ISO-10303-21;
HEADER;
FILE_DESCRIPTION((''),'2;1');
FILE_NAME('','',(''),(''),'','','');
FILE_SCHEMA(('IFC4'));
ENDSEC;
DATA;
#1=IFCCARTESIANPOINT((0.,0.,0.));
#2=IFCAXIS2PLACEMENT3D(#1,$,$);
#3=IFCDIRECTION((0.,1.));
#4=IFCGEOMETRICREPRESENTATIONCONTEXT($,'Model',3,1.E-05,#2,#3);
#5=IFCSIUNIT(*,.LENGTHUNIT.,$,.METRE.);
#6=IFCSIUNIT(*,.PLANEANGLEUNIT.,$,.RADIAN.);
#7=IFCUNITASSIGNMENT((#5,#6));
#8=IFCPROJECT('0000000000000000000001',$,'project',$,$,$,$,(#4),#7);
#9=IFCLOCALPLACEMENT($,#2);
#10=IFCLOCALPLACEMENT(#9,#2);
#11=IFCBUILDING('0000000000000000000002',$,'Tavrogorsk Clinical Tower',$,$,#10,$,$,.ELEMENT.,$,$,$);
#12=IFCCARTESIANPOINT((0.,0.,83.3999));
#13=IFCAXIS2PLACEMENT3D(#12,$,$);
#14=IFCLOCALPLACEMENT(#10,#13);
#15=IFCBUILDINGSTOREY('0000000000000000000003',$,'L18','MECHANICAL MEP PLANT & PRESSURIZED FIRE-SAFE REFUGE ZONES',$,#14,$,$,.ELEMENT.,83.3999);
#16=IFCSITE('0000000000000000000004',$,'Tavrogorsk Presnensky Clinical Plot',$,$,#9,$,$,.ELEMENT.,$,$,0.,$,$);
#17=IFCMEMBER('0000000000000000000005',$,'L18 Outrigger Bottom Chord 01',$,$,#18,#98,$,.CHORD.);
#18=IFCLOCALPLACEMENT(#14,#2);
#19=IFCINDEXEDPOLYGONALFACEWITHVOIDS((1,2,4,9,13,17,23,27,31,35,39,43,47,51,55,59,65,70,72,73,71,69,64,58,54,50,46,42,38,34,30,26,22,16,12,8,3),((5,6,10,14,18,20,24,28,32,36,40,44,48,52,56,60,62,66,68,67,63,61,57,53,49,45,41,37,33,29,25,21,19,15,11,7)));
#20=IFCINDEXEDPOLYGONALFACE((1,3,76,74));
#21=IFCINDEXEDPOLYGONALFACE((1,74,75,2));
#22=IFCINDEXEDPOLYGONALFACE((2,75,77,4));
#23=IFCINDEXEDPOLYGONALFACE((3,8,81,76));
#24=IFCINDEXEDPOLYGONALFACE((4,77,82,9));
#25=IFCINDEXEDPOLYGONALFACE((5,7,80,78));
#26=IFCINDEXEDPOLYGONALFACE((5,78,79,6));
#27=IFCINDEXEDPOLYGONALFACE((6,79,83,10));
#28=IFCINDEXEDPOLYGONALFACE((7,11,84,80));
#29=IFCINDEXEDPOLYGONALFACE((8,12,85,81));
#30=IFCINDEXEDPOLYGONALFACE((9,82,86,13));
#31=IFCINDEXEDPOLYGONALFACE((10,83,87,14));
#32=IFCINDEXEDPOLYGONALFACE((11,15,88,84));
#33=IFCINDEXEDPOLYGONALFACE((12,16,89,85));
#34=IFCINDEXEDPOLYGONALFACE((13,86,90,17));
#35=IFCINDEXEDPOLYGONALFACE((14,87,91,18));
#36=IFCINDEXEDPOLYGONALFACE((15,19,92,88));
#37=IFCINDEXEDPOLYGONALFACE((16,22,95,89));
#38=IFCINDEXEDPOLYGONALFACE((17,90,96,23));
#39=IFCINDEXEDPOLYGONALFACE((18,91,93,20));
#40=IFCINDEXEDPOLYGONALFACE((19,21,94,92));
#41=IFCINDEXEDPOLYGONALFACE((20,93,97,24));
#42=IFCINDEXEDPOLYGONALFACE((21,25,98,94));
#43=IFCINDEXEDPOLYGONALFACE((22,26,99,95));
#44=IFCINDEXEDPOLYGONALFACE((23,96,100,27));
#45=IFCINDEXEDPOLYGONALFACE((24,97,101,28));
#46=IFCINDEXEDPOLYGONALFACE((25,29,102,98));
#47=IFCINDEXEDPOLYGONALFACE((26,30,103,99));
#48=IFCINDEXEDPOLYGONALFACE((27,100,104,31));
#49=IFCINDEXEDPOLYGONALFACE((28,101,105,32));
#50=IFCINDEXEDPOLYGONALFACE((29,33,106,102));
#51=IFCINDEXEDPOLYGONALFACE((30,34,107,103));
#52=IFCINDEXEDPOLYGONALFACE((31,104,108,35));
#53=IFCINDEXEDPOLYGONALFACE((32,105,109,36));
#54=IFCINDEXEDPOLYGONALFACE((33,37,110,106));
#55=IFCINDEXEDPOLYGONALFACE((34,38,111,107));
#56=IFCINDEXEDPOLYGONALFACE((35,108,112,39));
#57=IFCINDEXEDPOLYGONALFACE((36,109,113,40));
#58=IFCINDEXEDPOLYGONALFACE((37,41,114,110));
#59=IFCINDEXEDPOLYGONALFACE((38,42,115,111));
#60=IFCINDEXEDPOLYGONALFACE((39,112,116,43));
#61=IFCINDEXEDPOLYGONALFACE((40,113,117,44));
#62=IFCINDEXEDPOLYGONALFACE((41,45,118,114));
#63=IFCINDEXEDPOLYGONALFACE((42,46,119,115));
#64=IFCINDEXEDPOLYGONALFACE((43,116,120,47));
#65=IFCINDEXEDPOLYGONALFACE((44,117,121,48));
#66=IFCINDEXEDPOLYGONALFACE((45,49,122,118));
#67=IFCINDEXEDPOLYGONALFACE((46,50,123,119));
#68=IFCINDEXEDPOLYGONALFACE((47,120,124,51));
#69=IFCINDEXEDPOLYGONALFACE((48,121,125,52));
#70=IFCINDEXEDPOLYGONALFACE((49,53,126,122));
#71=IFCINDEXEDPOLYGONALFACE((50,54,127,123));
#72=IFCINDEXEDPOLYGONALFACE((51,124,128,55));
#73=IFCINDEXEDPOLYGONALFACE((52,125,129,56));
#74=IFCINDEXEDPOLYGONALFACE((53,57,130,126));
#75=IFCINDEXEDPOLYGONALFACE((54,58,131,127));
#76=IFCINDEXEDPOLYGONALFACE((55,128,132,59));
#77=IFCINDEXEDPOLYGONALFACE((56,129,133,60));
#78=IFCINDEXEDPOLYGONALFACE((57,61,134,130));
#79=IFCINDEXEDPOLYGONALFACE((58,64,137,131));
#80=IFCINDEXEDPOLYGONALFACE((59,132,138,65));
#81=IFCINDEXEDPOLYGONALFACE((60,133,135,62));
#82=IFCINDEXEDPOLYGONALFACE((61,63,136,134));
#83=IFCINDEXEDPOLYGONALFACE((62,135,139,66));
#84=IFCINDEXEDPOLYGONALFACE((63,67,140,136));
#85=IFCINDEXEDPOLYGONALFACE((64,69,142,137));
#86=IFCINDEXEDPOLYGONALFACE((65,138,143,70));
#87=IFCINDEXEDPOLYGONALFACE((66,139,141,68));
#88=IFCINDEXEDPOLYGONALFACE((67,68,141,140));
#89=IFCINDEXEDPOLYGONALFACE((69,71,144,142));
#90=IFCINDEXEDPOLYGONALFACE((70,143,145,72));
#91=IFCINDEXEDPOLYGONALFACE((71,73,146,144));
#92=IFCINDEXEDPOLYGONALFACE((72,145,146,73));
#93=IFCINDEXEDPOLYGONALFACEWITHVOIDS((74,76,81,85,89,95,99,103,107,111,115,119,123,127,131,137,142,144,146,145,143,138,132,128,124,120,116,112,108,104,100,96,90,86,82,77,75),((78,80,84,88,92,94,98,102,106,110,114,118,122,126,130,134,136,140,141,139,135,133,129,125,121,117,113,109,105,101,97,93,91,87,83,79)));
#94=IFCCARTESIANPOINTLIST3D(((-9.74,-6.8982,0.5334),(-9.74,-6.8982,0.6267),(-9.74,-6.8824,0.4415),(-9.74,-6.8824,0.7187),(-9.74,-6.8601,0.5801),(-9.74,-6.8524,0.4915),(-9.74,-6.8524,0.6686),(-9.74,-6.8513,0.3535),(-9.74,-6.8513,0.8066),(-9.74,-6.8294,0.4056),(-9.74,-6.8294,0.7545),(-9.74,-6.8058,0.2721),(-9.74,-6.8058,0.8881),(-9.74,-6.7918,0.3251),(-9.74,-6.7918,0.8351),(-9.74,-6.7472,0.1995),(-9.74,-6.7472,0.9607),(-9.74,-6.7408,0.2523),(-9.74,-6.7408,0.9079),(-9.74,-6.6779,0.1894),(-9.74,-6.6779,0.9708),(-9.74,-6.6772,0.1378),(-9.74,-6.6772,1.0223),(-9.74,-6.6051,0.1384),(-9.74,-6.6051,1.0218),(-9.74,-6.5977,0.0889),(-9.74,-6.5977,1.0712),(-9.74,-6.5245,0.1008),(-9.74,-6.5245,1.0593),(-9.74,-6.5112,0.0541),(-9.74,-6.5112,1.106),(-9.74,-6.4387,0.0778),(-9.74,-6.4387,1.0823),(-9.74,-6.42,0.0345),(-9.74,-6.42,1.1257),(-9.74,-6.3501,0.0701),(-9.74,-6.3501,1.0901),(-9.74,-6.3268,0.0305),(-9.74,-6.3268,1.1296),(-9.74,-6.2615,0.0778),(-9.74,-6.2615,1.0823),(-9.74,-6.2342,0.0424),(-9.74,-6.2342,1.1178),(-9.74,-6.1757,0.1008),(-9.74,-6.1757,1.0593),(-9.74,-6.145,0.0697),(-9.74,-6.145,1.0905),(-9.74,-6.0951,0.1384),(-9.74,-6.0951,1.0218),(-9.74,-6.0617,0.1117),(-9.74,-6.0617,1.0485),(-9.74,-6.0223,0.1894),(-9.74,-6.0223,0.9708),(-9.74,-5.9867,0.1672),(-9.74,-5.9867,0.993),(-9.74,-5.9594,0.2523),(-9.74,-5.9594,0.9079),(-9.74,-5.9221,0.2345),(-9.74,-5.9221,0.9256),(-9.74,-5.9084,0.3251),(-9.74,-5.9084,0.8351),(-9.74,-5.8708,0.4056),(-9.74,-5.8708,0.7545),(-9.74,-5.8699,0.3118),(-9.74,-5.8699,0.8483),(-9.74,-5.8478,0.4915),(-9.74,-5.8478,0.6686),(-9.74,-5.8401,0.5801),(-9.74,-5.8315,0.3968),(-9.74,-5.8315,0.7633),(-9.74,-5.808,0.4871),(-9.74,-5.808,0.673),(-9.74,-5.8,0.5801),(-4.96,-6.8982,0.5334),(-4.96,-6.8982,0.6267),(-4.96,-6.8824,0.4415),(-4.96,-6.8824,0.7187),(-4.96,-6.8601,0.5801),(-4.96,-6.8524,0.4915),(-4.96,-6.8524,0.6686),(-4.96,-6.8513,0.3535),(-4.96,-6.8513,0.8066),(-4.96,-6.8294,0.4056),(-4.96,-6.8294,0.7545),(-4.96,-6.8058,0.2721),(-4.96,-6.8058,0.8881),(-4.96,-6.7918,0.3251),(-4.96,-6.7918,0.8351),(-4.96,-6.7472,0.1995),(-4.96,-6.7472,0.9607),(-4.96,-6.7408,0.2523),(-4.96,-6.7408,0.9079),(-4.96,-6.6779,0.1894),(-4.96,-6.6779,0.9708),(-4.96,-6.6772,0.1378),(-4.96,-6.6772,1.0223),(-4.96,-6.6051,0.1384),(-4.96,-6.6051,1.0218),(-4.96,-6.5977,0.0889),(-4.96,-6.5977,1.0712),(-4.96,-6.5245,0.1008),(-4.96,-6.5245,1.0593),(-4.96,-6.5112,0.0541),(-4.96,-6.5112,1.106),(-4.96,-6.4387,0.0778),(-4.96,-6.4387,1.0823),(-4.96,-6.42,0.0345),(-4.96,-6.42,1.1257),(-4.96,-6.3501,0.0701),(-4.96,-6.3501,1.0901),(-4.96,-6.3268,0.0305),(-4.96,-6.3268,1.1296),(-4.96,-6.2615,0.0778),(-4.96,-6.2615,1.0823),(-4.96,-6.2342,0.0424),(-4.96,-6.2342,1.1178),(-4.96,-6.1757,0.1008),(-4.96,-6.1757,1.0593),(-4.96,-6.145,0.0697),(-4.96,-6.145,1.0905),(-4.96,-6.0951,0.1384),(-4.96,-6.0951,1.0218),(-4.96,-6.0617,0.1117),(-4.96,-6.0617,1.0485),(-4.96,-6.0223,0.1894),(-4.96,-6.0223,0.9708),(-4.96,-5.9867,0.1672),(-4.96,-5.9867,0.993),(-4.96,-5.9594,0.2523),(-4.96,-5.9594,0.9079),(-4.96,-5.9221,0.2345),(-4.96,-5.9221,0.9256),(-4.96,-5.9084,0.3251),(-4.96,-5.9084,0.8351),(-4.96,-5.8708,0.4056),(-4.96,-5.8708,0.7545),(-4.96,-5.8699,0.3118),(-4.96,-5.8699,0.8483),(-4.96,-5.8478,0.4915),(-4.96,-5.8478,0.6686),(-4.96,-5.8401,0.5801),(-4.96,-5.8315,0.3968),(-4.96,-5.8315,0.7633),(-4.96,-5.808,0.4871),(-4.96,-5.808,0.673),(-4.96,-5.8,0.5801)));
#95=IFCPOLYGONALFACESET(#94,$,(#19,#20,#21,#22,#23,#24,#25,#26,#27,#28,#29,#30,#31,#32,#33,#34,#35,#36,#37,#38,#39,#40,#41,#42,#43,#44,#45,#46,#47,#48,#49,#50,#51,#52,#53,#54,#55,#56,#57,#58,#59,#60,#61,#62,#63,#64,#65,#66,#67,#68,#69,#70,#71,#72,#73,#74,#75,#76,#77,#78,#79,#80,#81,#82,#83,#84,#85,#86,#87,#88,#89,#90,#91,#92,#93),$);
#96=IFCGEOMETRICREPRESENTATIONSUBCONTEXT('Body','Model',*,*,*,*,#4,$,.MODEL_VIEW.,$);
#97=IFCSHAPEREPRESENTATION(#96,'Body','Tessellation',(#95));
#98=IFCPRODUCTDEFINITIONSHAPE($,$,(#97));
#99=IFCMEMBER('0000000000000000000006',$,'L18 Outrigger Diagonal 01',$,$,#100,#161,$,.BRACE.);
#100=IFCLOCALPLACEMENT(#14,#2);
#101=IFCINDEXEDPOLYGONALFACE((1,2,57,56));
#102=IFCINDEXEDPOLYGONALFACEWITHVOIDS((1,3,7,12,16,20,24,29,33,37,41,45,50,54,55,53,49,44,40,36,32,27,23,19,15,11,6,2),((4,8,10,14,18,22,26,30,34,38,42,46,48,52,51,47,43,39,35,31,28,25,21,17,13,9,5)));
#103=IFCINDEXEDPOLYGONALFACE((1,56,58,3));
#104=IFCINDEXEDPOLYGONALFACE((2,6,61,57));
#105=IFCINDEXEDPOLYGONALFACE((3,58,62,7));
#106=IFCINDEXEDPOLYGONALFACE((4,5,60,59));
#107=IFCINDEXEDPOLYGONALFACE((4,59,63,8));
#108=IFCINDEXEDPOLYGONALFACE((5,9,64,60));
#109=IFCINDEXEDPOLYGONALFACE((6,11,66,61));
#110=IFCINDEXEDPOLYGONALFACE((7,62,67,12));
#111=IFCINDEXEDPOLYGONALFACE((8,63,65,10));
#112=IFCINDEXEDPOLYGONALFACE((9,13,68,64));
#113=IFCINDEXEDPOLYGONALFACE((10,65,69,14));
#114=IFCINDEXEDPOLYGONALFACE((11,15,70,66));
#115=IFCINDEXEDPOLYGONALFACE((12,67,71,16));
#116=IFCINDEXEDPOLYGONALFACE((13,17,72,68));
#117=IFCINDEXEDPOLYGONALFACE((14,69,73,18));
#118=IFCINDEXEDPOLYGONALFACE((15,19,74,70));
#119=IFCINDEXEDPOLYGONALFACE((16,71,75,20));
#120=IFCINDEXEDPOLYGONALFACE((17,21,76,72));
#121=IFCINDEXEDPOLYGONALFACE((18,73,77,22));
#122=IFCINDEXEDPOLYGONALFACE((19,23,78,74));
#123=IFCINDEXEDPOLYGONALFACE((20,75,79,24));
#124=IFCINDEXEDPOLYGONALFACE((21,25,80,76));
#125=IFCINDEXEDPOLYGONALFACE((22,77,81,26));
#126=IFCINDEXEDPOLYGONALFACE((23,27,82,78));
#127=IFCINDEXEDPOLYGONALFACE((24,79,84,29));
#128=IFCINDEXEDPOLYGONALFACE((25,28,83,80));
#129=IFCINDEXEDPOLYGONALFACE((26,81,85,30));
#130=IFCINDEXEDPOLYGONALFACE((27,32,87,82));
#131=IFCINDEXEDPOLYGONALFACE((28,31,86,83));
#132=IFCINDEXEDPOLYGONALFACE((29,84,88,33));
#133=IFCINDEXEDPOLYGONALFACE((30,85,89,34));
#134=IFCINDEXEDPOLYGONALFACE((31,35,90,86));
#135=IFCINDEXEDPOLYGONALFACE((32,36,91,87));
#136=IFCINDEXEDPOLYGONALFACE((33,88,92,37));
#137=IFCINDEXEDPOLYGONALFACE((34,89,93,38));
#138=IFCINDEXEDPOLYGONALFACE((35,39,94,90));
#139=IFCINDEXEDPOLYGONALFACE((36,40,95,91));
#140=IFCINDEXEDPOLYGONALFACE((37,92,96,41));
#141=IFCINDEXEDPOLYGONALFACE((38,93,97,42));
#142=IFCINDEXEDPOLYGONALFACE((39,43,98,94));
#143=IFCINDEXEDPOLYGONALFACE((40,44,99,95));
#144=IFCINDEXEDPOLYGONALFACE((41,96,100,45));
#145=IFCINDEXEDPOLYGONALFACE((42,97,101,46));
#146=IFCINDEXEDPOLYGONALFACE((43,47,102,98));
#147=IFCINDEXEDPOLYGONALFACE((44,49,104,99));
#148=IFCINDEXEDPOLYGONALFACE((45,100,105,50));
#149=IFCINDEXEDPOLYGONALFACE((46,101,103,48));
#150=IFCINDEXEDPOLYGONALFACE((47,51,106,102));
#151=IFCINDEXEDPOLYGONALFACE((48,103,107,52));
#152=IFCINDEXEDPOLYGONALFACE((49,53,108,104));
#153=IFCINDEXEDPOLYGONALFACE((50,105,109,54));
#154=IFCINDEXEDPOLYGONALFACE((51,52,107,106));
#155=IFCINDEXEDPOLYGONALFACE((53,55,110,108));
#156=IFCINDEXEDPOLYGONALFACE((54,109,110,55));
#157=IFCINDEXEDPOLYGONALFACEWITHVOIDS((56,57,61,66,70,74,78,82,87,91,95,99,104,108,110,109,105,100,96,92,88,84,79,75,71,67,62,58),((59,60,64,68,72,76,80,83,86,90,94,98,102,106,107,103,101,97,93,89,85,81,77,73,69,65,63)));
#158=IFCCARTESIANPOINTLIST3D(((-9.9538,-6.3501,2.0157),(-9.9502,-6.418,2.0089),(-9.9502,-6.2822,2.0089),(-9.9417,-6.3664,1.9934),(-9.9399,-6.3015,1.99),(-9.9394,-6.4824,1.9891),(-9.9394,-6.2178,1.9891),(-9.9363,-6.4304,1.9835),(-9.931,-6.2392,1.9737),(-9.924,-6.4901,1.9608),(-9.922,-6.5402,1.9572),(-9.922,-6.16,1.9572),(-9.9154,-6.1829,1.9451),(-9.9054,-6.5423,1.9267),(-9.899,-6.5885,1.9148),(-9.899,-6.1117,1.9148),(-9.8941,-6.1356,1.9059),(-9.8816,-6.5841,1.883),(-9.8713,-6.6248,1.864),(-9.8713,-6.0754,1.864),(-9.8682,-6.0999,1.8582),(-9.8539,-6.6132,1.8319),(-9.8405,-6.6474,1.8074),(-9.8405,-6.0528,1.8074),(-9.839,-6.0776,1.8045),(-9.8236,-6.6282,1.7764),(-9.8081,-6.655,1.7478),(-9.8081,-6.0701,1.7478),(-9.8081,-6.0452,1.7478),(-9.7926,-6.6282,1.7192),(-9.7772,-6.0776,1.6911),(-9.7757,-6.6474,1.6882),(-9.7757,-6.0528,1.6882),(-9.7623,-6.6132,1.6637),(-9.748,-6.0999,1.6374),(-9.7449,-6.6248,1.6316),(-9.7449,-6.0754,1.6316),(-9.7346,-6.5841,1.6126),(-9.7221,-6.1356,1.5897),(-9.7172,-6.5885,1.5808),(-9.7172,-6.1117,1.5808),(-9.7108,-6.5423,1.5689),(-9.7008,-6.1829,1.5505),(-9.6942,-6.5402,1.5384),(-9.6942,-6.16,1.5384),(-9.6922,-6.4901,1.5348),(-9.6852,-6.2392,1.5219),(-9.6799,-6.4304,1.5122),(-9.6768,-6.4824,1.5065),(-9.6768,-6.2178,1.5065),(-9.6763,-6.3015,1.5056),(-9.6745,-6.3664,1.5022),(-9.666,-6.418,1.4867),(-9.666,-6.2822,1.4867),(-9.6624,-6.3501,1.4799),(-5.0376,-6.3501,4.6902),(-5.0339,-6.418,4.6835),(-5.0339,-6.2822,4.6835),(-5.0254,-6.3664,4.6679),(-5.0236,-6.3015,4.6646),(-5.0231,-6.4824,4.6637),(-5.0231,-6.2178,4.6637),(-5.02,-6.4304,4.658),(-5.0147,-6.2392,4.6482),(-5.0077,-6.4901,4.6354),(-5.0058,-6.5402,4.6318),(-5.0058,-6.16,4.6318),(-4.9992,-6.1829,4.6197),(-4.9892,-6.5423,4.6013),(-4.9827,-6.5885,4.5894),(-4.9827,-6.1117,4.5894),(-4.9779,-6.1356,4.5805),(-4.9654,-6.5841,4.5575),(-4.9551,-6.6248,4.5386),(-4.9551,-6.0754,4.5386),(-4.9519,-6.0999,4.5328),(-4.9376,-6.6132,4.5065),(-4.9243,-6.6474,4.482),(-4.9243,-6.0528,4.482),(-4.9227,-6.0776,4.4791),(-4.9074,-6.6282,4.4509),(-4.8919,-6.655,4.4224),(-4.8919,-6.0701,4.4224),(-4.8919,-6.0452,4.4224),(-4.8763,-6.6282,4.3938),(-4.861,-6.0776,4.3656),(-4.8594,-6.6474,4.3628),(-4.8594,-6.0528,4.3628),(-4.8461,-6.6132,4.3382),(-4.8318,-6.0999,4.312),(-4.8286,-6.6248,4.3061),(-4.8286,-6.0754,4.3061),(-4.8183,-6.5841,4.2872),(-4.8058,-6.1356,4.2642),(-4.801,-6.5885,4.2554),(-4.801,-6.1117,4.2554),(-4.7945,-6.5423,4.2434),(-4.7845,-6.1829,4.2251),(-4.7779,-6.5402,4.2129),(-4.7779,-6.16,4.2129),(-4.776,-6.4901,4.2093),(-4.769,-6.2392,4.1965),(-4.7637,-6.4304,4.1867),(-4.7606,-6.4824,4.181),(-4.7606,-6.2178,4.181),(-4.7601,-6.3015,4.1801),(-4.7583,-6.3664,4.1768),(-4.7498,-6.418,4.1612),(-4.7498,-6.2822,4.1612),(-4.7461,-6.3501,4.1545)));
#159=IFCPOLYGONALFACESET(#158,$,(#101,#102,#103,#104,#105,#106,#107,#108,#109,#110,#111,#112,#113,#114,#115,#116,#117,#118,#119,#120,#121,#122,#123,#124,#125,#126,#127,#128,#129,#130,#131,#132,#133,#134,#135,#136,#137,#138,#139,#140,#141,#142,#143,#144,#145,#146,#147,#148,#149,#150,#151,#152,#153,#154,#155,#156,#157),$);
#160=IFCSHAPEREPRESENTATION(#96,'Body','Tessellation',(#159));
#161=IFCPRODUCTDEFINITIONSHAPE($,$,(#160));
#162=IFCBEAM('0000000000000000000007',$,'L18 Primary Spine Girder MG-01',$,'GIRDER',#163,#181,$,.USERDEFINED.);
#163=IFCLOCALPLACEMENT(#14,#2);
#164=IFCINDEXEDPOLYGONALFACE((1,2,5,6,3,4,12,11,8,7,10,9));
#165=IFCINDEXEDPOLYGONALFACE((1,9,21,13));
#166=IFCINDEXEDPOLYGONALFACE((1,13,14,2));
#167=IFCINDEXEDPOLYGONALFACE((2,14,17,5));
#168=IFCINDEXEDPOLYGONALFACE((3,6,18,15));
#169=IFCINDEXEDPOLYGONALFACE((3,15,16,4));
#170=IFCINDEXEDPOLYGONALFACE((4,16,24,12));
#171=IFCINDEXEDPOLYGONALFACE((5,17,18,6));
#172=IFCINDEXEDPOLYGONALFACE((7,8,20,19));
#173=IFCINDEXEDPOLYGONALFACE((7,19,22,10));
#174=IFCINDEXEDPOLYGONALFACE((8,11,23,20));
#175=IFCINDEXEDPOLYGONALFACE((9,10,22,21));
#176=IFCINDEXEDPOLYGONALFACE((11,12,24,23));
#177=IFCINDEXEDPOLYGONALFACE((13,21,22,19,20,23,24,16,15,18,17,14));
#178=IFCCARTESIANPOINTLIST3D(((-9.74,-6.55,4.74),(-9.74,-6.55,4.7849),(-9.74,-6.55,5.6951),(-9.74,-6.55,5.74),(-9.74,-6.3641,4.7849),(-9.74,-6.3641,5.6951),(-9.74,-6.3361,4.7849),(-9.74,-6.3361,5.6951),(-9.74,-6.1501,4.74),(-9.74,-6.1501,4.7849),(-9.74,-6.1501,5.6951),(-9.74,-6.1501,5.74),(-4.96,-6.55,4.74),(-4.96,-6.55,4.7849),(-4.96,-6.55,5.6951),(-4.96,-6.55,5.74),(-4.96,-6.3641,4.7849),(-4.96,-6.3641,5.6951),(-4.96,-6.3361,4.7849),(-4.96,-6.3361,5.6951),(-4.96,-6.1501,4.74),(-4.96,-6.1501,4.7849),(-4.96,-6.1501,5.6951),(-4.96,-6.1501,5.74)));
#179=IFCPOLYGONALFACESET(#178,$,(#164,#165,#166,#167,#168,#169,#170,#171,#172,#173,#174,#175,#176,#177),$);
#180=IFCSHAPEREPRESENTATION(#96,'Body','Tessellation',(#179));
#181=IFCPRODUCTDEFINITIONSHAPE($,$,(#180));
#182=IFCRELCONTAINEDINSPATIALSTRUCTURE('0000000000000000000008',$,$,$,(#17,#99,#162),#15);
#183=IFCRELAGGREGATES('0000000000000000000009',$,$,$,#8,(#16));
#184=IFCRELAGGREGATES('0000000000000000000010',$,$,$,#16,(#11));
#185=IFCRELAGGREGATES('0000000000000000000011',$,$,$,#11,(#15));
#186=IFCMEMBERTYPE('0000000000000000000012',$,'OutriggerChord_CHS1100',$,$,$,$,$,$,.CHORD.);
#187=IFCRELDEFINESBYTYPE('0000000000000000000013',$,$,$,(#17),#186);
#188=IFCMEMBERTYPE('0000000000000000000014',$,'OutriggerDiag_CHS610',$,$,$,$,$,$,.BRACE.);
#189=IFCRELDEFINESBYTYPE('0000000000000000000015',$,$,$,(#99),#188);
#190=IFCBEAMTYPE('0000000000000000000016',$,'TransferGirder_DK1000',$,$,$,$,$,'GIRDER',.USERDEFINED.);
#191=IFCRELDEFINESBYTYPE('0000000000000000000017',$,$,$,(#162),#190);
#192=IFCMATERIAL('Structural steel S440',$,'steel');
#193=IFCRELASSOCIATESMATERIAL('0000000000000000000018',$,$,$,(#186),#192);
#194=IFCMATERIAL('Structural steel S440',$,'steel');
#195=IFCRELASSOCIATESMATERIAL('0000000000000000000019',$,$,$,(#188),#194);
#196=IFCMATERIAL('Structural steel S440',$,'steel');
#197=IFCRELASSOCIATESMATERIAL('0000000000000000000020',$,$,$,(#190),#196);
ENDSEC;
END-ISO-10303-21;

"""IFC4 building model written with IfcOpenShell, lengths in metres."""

from ifc_helpers import new_model, si_unit, direction, frame, origin, origin_2d, place, context, subcontext, project, spatial, hollow_circle, i_section, extrude, material, material_profile, profile_set, type_object, element, save


model = new_model("IFC4")

# Units and contexts
model_context = context("Model", 3, precision=1e-05, world=origin(), true_north=direction((0.0, 1.0)))
body_context = subcontext(model_context, "Body", "Model", "MODEL_VIEW")
ifc_project = project(units=[si_unit("LENGTHUNIT", "METRE"), si_unit("PLANEANGLEUNIT", "RADIAN")], contexts=[model_context])

# Site, building, storey
site_placement = place(None, origin())
site = spatial("IfcSite", under=ifc_project, at=site_placement, Name="Tavrogorsk Presnensky Clinical Plot", CompositionType="ELEMENT", RefElevation=0.0)
building_placement = place(site_placement, origin())
building = spatial("IfcBuilding", under=site, at=building_placement, Name="Tavrogorsk Clinical Tower", CompositionType="ELEMENT")
storey_placement = place(building_placement, frame((0.0, 0.0, 83.3999)))
storey = spatial("IfcBuildingStorey", under=building, at=storey_placement, Name="L18", Description="MECHANICAL MEP PLANT & PRESSURIZED FIRE-SAFE REFUGE ZONES", CompositionType="ELEMENT", Elevation=83.3999)

# Members
ifc_material_1 = material(Name="Structural steel S440", Category="steel")
ifc_material_profile_1 = material_profile(ifc_material_1, hollow_circle(Radius=0.55, WallThickness=0.04, at=origin_2d()), Name="CHS-1100x40")
ifc_profile_set_1 = profile_set([ifc_material_profile_1], Name="Structural steel S440")
member_type_1 = type_object("IfcMemberType", Name="OutriggerChord_CHS1100", PredefinedType="CHORD", material=ifc_profile_set_1)
member_1_placement = place(storey_placement, frame((-9.74, -6.3501, 0.5801), z_axis=(1.0, 0.0, 0.0), x_axis=(0.0, 1.0, 0.0)))
element("IfcMember", 1, at=member_1_placement, inside=storey, type_object=member_type_1, Name="L18 Outrigger Bottom Chord 01", PredefinedType="CHORD", context=body_context, shape_type="SweptSolid", body=[
    extrude(hollow_circle(Radius=0.55, WallThickness=0.04, at=origin_2d()), origin(), (0.0, 0.0, 1.0), 4.78),
])
ifc_material_2 = material(Name="Structural steel S440", Category="steel")
ifc_material_profile_2 = material_profile(ifc_material_2, hollow_circle(Radius=0.3049, WallThickness=0.0249, at=origin_2d()), Name="CHS-610x25")
ifc_profile_set_2 = profile_set([ifc_material_profile_2], Name="Structural steel S440")
member_type_2 = type_object("IfcMemberType", Name="OutriggerDiag_CHS610", PredefinedType="BRACE", material=ifc_profile_set_2)
member_2_placement = place(storey_placement, frame((-9.8081, -6.3501, 1.7478), z_axis=(0.878424, 0.0, 0.477883), x_axis=(0.0, 1.0, 0.0)))
element("IfcMember", 2, at=member_2_placement, inside=storey, type_object=member_type_2, Name="L18 Outrigger Diagonal 01", PredefinedType="BRACE", context=body_context, shape_type="SweptSolid", body=[
    extrude(hollow_circle(Radius=0.3049, WallThickness=0.0249, at=origin_2d()), origin(), (0.0, 0.0, 1.0), 5.5967),
])

# Beam
ifc_material_3 = material(Name="Structural steel S440", Category="steel")
ifc_material_profile_3 = material_profile(ifc_material_3, i_section(OverallWidth=0.3999, OverallDepth=1.0, WebThickness=0.0281, FlangeThickness=0.0449, at=origin_2d()), Name="DK-1000x400x28x45")
ifc_profile_set_3 = profile_set([ifc_material_profile_3], Name="Structural steel S440")
beam_type_1 = type_object("IfcBeamType", Name="TransferGirder_DK1000", ElementType="GIRDER", PredefinedType="USERDEFINED", material=ifc_profile_set_3)
beam_1_placement = place(storey_placement, frame((-9.74, -6.3501, 5.24), z_axis=(1.0, 0.0, 0.0), x_axis=(0.0, 1.0, 0.0)))
element("IfcBeam", 3, at=beam_1_placement, inside=storey, type_object=beam_type_1, Name="L18 Primary Spine Girder MG-01", ObjectType="GIRDER", PredefinedType="USERDEFINED", context=body_context, shape_type="SweptSolid", body=[
    extrude(i_section(OverallWidth=0.3999, OverallDepth=1.0, WebThickness=0.0281, FlangeThickness=0.0449, at=origin_2d()), origin(), (0.0, 0.0, 1.0), 4.78),
])

save(model, "model.ifc")
